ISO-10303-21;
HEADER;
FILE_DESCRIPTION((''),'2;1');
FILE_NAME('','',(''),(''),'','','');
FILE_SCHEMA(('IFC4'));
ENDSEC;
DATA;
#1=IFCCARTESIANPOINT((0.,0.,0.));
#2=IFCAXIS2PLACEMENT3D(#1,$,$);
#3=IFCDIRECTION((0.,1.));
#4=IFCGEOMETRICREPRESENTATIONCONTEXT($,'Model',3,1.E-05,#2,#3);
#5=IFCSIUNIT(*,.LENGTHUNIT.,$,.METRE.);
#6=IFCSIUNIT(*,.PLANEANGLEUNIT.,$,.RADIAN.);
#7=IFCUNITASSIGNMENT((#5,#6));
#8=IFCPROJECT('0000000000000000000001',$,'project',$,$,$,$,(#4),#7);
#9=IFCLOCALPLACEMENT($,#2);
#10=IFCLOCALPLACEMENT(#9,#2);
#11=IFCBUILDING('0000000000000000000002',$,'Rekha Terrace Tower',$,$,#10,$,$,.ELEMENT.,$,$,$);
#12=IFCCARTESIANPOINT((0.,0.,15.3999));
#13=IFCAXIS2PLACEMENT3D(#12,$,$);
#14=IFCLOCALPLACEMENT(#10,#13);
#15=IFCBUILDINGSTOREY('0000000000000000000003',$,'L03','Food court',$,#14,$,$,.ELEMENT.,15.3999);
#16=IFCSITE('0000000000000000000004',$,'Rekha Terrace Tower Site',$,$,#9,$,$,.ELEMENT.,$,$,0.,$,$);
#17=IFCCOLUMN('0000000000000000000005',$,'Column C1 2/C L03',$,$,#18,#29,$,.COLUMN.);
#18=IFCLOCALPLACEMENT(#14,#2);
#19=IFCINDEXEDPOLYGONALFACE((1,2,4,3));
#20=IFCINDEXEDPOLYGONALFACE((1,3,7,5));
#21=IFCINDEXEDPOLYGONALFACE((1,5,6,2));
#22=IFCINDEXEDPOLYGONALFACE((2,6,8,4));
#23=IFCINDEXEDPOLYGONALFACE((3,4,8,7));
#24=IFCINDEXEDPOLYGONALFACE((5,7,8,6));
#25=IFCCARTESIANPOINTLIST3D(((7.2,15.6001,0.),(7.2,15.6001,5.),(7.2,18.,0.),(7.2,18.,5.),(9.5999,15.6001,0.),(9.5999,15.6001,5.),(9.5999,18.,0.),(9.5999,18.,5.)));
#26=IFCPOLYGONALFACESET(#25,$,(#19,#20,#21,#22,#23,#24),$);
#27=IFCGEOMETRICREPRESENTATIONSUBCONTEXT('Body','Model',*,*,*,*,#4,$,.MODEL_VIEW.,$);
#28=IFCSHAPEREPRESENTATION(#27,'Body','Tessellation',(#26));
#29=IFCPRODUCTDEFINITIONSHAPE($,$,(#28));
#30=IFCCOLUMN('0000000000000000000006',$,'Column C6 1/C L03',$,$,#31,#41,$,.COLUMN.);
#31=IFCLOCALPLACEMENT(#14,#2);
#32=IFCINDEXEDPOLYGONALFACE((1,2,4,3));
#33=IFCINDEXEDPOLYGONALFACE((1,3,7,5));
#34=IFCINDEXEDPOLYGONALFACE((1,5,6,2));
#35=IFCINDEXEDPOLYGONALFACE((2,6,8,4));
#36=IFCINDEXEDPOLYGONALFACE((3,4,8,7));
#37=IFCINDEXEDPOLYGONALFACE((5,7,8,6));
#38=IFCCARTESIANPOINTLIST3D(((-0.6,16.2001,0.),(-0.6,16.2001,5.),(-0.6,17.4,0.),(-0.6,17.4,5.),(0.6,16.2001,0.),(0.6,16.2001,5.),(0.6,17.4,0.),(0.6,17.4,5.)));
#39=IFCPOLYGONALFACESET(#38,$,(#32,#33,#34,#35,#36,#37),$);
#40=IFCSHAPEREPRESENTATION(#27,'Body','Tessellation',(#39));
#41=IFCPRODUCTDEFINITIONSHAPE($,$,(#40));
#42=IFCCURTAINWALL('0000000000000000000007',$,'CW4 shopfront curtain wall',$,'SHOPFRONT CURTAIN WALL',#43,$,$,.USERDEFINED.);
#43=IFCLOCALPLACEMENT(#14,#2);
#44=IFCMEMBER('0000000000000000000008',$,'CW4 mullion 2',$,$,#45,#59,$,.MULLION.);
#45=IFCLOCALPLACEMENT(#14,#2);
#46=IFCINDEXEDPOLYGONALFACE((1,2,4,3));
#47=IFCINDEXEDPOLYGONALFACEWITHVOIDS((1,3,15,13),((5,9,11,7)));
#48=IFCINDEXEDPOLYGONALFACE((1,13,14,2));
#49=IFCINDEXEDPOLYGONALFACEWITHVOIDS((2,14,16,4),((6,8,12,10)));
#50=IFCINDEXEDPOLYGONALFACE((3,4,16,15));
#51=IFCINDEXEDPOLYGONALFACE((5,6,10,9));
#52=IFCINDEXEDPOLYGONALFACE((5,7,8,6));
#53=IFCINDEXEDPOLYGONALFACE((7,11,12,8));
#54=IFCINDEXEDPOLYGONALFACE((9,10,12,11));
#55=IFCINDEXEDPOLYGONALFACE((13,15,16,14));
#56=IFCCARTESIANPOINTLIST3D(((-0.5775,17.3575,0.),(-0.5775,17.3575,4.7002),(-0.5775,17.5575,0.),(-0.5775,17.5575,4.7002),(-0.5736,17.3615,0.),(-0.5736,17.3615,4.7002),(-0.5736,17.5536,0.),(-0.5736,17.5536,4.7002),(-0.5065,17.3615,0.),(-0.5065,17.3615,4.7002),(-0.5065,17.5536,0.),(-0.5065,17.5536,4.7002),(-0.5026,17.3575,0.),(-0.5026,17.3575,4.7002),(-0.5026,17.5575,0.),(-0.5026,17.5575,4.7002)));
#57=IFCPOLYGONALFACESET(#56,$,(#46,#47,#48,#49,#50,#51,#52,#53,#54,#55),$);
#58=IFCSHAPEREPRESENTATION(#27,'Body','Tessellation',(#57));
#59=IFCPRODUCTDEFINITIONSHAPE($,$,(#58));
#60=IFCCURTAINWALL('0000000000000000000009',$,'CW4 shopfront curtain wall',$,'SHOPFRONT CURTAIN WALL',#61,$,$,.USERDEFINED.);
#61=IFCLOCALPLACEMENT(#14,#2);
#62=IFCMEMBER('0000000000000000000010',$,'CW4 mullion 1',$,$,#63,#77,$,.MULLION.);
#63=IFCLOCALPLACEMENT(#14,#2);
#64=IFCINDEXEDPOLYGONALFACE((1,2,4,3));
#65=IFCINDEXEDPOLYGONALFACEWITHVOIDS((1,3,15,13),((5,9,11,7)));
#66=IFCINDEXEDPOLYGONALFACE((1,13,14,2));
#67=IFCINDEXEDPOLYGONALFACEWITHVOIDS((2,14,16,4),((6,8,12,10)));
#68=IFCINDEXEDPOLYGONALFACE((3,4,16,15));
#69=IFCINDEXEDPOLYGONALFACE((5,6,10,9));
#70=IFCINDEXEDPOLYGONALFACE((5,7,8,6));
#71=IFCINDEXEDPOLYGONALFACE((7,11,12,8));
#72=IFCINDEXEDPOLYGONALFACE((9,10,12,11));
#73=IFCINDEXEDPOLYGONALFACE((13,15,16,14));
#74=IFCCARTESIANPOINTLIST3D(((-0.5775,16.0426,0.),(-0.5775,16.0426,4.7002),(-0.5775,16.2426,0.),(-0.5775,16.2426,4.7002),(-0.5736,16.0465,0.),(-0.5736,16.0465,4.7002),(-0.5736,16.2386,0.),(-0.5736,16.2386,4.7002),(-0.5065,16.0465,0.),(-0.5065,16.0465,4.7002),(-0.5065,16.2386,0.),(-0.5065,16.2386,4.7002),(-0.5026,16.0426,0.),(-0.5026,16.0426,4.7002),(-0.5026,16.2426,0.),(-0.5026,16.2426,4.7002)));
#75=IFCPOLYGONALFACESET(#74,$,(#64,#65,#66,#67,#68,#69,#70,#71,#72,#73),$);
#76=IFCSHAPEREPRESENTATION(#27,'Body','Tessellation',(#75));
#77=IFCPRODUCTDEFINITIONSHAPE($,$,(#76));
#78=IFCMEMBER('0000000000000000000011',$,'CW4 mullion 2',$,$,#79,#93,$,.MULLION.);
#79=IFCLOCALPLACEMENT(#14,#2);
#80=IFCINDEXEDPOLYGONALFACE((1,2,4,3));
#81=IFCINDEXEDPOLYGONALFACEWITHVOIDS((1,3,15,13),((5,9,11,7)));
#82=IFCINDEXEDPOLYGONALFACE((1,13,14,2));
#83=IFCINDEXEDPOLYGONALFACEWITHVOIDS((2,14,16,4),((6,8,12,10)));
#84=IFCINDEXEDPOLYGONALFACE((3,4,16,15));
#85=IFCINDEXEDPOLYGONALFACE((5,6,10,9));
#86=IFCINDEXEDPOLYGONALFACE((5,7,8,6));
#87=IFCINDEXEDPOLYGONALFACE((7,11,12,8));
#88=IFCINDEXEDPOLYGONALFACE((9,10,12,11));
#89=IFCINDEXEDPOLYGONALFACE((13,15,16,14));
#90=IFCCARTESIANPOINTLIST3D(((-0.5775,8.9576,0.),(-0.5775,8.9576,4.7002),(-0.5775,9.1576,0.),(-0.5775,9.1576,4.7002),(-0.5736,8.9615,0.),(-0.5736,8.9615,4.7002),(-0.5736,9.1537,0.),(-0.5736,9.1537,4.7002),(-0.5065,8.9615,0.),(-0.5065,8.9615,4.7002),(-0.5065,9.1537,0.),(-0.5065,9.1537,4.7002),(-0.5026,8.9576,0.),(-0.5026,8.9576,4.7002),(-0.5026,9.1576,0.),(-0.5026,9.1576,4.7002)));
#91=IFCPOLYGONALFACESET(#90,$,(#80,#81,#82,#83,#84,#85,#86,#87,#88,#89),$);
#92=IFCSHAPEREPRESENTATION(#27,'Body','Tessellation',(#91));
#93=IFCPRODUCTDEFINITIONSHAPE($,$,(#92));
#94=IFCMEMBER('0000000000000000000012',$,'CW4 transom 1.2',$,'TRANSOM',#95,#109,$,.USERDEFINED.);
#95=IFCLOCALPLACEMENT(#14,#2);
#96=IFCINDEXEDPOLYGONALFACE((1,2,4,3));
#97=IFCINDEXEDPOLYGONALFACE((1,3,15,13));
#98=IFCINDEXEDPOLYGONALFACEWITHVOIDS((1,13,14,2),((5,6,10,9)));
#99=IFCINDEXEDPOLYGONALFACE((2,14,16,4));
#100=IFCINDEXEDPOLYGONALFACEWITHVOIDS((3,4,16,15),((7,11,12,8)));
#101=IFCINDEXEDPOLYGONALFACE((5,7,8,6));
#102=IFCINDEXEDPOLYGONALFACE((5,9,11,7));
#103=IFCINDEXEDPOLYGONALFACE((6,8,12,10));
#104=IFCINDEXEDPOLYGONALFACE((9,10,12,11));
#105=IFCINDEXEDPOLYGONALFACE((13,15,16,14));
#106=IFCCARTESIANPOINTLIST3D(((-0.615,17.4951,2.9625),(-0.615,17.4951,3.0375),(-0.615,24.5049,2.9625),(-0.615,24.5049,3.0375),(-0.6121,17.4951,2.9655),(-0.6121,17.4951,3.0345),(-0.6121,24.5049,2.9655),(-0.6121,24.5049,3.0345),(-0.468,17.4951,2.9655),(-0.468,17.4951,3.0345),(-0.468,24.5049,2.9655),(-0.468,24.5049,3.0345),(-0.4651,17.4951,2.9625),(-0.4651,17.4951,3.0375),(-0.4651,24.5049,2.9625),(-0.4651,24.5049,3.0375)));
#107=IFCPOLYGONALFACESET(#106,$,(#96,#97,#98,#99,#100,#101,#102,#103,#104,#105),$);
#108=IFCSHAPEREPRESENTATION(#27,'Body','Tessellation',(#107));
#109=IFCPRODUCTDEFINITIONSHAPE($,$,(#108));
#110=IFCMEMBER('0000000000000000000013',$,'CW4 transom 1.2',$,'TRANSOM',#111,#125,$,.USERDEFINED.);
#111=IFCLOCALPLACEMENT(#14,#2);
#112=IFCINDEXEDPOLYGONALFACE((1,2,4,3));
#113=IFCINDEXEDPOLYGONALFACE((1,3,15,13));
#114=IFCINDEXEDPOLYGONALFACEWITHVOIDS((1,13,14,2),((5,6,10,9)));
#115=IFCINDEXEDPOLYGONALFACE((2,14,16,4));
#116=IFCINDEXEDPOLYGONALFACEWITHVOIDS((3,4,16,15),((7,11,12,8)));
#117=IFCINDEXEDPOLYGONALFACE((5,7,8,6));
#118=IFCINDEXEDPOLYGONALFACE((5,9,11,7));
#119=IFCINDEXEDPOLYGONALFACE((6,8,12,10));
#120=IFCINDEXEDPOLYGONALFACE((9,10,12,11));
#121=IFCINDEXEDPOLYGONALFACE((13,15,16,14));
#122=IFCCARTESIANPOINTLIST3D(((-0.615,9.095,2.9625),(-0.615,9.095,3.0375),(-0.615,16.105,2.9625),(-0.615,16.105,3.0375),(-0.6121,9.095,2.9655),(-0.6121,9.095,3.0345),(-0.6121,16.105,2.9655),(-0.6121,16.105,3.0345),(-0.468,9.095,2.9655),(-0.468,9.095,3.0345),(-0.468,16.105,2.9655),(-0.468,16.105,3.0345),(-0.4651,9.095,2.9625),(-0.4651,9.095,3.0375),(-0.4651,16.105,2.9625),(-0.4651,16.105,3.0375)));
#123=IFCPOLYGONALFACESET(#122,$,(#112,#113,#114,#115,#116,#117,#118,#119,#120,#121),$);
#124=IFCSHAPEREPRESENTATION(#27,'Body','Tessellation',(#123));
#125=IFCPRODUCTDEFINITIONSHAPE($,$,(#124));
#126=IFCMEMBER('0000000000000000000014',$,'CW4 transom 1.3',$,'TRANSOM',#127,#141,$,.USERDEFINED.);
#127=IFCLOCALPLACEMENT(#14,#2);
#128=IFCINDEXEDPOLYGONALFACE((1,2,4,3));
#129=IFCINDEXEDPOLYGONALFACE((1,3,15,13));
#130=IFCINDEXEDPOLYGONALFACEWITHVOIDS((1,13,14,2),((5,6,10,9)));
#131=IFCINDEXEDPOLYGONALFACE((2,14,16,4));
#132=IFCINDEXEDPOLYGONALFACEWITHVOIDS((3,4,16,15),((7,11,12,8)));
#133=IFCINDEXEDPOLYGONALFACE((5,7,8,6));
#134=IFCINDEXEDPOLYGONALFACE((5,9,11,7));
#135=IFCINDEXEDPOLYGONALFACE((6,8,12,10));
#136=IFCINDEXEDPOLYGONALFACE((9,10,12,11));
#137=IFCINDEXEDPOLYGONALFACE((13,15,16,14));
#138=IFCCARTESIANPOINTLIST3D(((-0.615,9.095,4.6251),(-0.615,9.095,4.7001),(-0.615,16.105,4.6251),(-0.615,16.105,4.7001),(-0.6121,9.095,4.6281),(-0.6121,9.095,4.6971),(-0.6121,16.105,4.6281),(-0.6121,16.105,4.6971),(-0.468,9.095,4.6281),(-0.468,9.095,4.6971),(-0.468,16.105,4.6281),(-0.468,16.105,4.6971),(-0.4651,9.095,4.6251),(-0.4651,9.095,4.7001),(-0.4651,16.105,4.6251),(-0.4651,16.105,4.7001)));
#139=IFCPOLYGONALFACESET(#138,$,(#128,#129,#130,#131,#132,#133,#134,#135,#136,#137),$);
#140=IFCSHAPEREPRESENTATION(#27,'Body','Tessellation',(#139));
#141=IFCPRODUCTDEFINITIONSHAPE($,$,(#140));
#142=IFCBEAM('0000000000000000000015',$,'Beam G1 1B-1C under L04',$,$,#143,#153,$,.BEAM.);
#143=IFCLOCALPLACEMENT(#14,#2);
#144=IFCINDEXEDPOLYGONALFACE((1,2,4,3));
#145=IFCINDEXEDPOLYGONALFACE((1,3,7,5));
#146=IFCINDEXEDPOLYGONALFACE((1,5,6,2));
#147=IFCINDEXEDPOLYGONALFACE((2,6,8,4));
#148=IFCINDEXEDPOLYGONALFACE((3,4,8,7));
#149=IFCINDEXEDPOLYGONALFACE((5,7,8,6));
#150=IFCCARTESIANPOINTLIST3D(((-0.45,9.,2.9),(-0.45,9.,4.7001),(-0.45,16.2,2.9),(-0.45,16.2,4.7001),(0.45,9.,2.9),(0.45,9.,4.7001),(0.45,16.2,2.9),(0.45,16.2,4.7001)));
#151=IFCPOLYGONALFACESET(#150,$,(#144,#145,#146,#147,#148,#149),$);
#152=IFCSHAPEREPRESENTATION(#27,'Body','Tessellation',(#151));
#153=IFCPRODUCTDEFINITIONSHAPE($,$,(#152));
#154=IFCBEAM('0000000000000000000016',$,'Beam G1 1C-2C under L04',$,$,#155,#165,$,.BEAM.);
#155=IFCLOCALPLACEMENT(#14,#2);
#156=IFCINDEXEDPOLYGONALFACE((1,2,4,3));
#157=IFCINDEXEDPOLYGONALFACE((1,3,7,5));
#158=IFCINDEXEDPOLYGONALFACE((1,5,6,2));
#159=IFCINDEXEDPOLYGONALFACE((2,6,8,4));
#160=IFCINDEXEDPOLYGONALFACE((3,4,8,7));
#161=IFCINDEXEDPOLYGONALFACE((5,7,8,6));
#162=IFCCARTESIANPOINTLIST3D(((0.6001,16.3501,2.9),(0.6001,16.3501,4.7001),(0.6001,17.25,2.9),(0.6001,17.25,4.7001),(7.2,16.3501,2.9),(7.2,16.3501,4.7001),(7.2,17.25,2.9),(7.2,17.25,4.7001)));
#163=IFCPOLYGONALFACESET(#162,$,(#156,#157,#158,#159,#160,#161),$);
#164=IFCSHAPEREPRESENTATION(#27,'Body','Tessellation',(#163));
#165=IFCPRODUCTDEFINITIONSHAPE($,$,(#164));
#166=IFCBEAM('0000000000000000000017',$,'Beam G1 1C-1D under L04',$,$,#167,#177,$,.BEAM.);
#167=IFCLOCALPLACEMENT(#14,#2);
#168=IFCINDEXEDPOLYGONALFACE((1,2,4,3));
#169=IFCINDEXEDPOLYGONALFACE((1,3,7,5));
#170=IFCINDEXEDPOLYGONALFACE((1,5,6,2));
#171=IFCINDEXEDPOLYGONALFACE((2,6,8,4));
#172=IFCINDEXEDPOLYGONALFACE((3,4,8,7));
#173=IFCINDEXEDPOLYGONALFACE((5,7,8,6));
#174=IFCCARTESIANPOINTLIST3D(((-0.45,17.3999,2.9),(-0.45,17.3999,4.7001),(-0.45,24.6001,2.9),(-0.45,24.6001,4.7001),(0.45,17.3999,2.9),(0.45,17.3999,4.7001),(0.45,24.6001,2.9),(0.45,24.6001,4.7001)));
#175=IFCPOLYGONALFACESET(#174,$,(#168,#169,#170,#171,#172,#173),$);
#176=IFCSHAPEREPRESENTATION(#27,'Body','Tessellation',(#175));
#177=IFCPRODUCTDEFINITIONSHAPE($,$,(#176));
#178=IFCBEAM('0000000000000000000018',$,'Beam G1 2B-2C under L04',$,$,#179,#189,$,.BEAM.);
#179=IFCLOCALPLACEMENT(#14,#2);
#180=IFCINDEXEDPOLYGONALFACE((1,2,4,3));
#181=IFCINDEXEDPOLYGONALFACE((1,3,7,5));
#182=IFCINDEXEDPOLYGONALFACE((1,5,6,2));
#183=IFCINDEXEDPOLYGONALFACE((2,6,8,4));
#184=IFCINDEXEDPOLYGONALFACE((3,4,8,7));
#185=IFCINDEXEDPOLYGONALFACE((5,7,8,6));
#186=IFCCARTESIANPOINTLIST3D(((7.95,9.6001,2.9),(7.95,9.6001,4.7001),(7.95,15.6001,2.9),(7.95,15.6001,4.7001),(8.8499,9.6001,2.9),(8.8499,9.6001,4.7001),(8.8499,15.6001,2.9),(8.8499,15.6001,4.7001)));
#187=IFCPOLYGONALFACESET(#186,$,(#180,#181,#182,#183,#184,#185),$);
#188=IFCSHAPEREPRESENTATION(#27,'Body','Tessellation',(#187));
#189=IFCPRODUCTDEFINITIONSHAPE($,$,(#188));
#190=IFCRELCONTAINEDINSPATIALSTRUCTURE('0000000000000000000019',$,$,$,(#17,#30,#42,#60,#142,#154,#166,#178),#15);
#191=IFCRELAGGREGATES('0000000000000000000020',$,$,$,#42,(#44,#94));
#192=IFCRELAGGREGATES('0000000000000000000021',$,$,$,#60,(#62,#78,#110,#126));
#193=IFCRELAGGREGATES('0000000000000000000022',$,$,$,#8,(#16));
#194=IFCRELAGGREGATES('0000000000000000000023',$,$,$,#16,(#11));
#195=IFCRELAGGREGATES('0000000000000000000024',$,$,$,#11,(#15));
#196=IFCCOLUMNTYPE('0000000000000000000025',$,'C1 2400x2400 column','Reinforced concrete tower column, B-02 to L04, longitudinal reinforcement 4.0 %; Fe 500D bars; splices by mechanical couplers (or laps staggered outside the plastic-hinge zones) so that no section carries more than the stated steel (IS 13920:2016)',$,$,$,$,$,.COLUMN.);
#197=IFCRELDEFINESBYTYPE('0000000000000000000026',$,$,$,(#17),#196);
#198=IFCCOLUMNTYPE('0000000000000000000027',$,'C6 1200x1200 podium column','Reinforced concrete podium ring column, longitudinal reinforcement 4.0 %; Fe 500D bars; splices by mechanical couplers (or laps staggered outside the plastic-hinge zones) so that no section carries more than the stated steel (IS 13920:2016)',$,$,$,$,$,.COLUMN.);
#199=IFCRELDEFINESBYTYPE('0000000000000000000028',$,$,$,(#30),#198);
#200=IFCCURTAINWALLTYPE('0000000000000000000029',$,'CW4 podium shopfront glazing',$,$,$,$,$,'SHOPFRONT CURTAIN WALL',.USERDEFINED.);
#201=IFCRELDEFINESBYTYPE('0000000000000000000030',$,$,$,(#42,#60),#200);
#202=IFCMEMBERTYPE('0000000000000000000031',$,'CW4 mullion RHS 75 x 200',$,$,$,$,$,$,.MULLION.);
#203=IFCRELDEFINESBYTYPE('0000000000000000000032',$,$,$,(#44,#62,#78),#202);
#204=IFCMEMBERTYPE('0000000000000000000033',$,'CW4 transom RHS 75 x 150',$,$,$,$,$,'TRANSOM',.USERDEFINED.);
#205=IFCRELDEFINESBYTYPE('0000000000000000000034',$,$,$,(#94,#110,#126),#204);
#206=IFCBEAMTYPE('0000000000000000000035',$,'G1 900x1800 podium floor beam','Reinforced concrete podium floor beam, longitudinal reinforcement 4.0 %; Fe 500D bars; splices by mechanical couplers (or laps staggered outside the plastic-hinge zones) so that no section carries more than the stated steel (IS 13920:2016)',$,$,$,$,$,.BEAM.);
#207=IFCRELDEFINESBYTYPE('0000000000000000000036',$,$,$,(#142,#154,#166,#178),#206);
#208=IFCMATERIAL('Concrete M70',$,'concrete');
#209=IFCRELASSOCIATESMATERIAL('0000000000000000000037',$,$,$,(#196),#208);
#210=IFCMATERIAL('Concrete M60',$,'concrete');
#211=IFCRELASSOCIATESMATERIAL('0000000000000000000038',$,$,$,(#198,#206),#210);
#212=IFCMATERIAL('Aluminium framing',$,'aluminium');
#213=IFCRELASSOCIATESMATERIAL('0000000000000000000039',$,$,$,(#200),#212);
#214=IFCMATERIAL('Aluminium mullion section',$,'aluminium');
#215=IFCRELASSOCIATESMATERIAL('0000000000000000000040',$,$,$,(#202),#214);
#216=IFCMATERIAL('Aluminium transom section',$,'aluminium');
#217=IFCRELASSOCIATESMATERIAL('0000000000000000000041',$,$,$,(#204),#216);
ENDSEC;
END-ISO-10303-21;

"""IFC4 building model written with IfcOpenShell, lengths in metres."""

from ifc_helpers import new_model, si_unit, direction, frame, origin, origin_2d, place, context, subcontext, project, spatial, rectangle, hollow_rectangle, extrude, material, material_profile, profile_set, type_object, element, aggregate, save


model = new_model("IFC4")

# Units and contexts
model_context = context("Model", 3, precision=1e-05, world=origin(), true_north=direction((0.0, 1.0)))
body_context = subcontext(model_context, "Body", "Model", "MODEL_VIEW")
ifc_project = project(units=[si_unit("LENGTHUNIT", "METRE"), si_unit("PLANEANGLEUNIT", "RADIAN")], contexts=[model_context])

# Site, building, storey
site_placement = place(None, origin())
site = spatial("IfcSite", under=ifc_project, at=site_placement, Name="Rekha Terrace Tower Site", CompositionType="ELEMENT", RefElevation=0.0)
building_placement = place(site_placement, origin())
building = spatial("IfcBuilding", under=site, at=building_placement, Name="Rekha Terrace Tower", CompositionType="ELEMENT")
storey_placement = place(building_placement, frame((0.0, 0.0, 15.3999)))
storey = spatial("IfcBuildingStorey", under=building, at=storey_placement, Name="L03", Description="Food court", CompositionType="ELEMENT", Elevation=15.3999)

# Columns
ifc_material_1 = material(Name="Concrete M70", Category="concrete")
ifc_material_profile_1 = material_profile(ifc_material_1, rectangle(XDim=2.3999, YDim=2.3999, at=origin_2d()), Name="RC 2400x2400")
ifc_profile_set_1 = profile_set([ifc_material_profile_1], Name="Concrete M70")
column_type_1 = type_object("IfcColumnType", Name="C1 2400x2400 column", Description="Reinforced concrete tower column, B-02 to L04, longitudinal reinforcement 4.0 %; Fe 500D bars; splices by mechanical couplers (or laps staggered outside the plastic-hinge zones) so that no section carries more than the stated steel (IS 13920:2016)", PredefinedType="COLUMN", material=ifc_profile_set_1)
column_1_placement = place(storey_placement, frame((8.3999, 16.8, 0.0), z_axis=(0.0, 0.0, 1.0), x_axis=(1.0, 0.0, 0.0)))
element("IfcColumn", 1, at=column_1_placement, inside=storey, type_object=column_type_1, Name="Column C1 2/C L03", PredefinedType="COLUMN", context=body_context, shape_type="SweptSolid", body=[
    extrude(rectangle(XDim=2.3999, YDim=2.3999, at=origin_2d()), origin(), (0.0, 0.0, 1.0), 5.0),
])
ifc_material_2 = material(Name="Concrete M60", Category="concrete")
ifc_material_profile_2 = material_profile(ifc_material_2, rectangle(XDim=1.2, YDim=1.2, at=origin_2d()), Name="RC 1200x1200")
ifc_profile_set_2 = profile_set([ifc_material_profile_2], Name="Concrete M60")
column_type_2 = type_object("IfcColumnType", Name="C6 1200x1200 podium column", Description="Reinforced concrete podium ring column, longitudinal reinforcement 4.0 %; Fe 500D bars; splices by mechanical couplers (or laps staggered outside the plastic-hinge zones) so that no section carries more than the stated steel (IS 13920:2016)", PredefinedType="COLUMN", material=ifc_profile_set_2)
column_2_placement = place(storey_placement, frame((0.0, 16.8, 0.0), z_axis=(0.0, 0.0, 1.0), x_axis=(1.0, 0.0, 0.0)))
element("IfcColumn", 2, at=column_2_placement, inside=storey, type_object=column_type_2, Name="Column C6 1/C L03", PredefinedType="COLUMN", context=body_context, shape_type="SweptSolid", body=[
    extrude(rectangle(XDim=1.2, YDim=1.2, at=origin_2d()), origin(), (0.0, 0.0, 1.0), 5.0),
])

# Curtain wall, member
ifc_material_3 = material(Name="Aluminium framing", Category="aluminium")
curtain_wall_type = type_object("IfcCurtainWallType", Name="CW4 podium shopfront glazing", ElementType="SHOPFRONT CURTAIN WALL", PredefinedType="USERDEFINED", material=ifc_material_3)
curtain_wall_1_placement = place(storey_placement, origin())
curtain_wall_1 = element("IfcCurtainWall", 3, at=curtain_wall_1_placement, inside=storey, type_object=curtain_wall_type, Name="CW4 shopfront curtain wall", ObjectType="SHOPFRONT CURTAIN WALL", PredefinedType="USERDEFINED")
ifc_material_4 = material(Name="Aluminium mullion section", Category="aluminium")
ifc_material_profile_3 = material_profile(ifc_material_4, hollow_rectangle(XDim=0.075, YDim=0.2, WallThickness=0.0039, at=origin_2d()), Name="AL RHS 75x200")
ifc_profile_set_3 = profile_set([ifc_material_profile_3], Name="Aluminium mullion section")
member_type_1 = type_object("IfcMemberType", Name="CW4 mullion RHS 75 x 200", PredefinedType="MULLION", material=ifc_profile_set_3)
member_1_placement = place(storey_placement, frame((-0.54, 17.4575, 0.0), z_axis=(0.0, 0.0, 1.0), x_axis=(1.0, 0.0, 0.0)))
member_1 = element("IfcMember", 4, at=member_1_placement, type_object=member_type_1, Name="CW4 mullion 2", PredefinedType="MULLION", context=body_context, shape_type="SweptSolid", body=[
    extrude(hollow_rectangle(XDim=0.075, YDim=0.2, WallThickness=0.0039, at=origin_2d()), origin(), (0.0, 0.0, 1.0), 4.7002),
])

# Curtain wall, members
curtain_wall_2_placement = place(storey_placement, origin())
curtain_wall_2 = element("IfcCurtainWall", 5, at=curtain_wall_2_placement, inside=storey, type_object=curtain_wall_type, Name="CW4 shopfront curtain wall", ObjectType="SHOPFRONT CURTAIN WALL", PredefinedType="USERDEFINED")
member_2_placement = place(storey_placement, frame((-0.54, 16.1426, 0.0), z_axis=(0.0, 0.0, 1.0), x_axis=(1.0, 0.0, 0.0)))
member_2 = element("IfcMember", 6, at=member_2_placement, type_object=member_type_1, Name="CW4 mullion 1", PredefinedType="MULLION", context=body_context, shape_type="SweptSolid", body=[
    extrude(hollow_rectangle(XDim=0.075, YDim=0.2, WallThickness=0.0039, at=origin_2d()), origin(), (0.0, 0.0, 1.0), 4.7002),
])
member_3_placement = place(storey_placement, frame((-0.54, 9.0576, 0.0), z_axis=(0.0, 0.0, 1.0), x_axis=(1.0, 0.0, 0.0)))
member_3 = element("IfcMember", 7, at=member_3_placement, type_object=member_type_1, Name="CW4 mullion 2", PredefinedType="MULLION", context=body_context, shape_type="SweptSolid", body=[
    extrude(hollow_rectangle(XDim=0.075, YDim=0.2, WallThickness=0.0039, at=origin_2d()), origin(), (0.0, 0.0, 1.0), 4.7002),
])

# Members
ifc_material_5 = material(Name="Aluminium transom section", Category="aluminium")
ifc_material_profile_4 = material_profile(ifc_material_5, hollow_rectangle(XDim=0.1499, YDim=0.075, WallThickness=0.0029, at=origin_2d()), Name="AL RHS 150x75")
ifc_profile_set_4 = profile_set([ifc_material_profile_4], Name="Aluminium transom section")
member_type_2 = type_object("IfcMemberType", Name="CW4 transom RHS 75 x 150", ElementType="TRANSOM", PredefinedType="USERDEFINED", material=ifc_profile_set_4)
member_4_placement = place(storey_placement, frame((-0.54, 24.5049, 3.0), z_axis=(0.0, -1.0, 0.0), x_axis=(1.0, 0.0, 0.0)))
member_4 = element("IfcMember", 8, at=member_4_placement, type_object=member_type_2, Name="CW4 transom 1.2", ObjectType="TRANSOM", PredefinedType="USERDEFINED", context=body_context, shape_type="SweptSolid", body=[
    extrude(hollow_rectangle(XDim=0.1499, YDim=0.075, WallThickness=0.0029, at=origin_2d()), origin(), (0.0, 0.0, 1.0), 7.0098),
])
member_5_placement = place(storey_placement, frame((-0.54, 16.105, 3.0), z_axis=(0.0, -1.0, 0.0), x_axis=(1.0, 0.0, 0.0)))
member_5 = element("IfcMember", 9, at=member_5_placement, type_object=member_type_2, Name="CW4 transom 1.2", ObjectType="TRANSOM", PredefinedType="USERDEFINED", context=body_context, shape_type="SweptSolid", body=[
    extrude(hollow_rectangle(XDim=0.1499, YDim=0.075, WallThickness=0.0029, at=origin_2d()), origin(), (0.0, 0.0, 1.0), 7.01),
])
member_6_placement = place(storey_placement, frame((-0.54, 16.105, 4.6626), z_axis=(0.0, -1.0, 0.0), x_axis=(1.0, 0.0, 0.0)))
member_6 = element("IfcMember", 10, at=member_6_placement, type_object=member_type_2, Name="CW4 transom 1.3", ObjectType="TRANSOM", PredefinedType="USERDEFINED", context=body_context, shape_type="SweptSolid", body=[
    extrude(hollow_rectangle(XDim=0.1499, YDim=0.075, WallThickness=0.0029, at=origin_2d()), origin(), (0.0, 0.0, 1.0), 7.01),
])

# Beams
ifc_material_profile_5 = material_profile(ifc_material_2, rectangle(XDim=0.8999, YDim=1.8, at=origin_2d()), Name="RC 900x1800")
ifc_profile_set_5 = profile_set([ifc_material_profile_5], Name="Concrete M60")
beam_type = type_object("IfcBeamType", Name="G1 900x1800 podium floor beam", Description="Reinforced concrete podium floor beam, longitudinal reinforcement 4.0 %; Fe 500D bars; splices by mechanical couplers (or laps staggered outside the plastic-hinge zones) so that no section carries more than the stated steel (IS 13920:2016)", PredefinedType="BEAM", material=ifc_profile_set_5)
beam_1_placement = place(storey_placement, frame((0.0, 9.0, 3.8), z_axis=(0.0, 1.0, 0.0), x_axis=(-1.0, 0.0, 0.0)))
element("IfcBeam", 11, at=beam_1_placement, inside=storey, type_object=beam_type, Name="Beam G1 1B-1C under L04", PredefinedType="BEAM", context=body_context, shape_type="SweptSolid", body=[
    extrude(rectangle(XDim=0.8999, YDim=1.8, at=origin_2d()), origin(), (0.0, 0.0, 1.0), 7.2),
])
beam_2_placement = place(storey_placement, frame((0.6001, 16.8, 3.8), z_axis=(1.0, 0.0, 0.0), x_axis=(0.0, 1.0, 0.0)))
element("IfcBeam", 12, at=beam_2_placement, inside=storey, type_object=beam_type, Name="Beam G1 1C-2C under L04", PredefinedType="BEAM", context=body_context, shape_type="SweptSolid", body=[
    extrude(rectangle(XDim=0.8999, YDim=1.8, at=origin_2d()), origin(), (0.0, 0.0, 1.0), 6.5999),
])
beam_3_placement = place(storey_placement, frame((0.0, 17.3999, 3.8), z_axis=(0.0, 1.0, 0.0), x_axis=(-1.0, 0.0, 0.0)))
element("IfcBeam", 13, at=beam_3_placement, inside=storey, type_object=beam_type, Name="Beam G1 1C-1D under L04", PredefinedType="BEAM", context=body_context, shape_type="SweptSolid", body=[
    extrude(rectangle(XDim=0.8999, YDim=1.8, at=origin_2d()), origin(), (0.0, 0.0, 1.0), 7.2002),
])
for number, where, z_axis, x_axis, name in (
    (14, (8.3999, 9.6001, 3.8), (0.0, 1.0, 0.0), (-1.0, 0.0, 0.0), "Beam G1 2B-2C under L04"),
):
    element("IfcBeam", number, at=place(storey_placement, frame(where, z_axis=z_axis, x_axis=x_axis)), inside=storey, type_object=beam_type, Name=name, PredefinedType="BEAM", context=body_context, shape_type="SweptSolid", body=[
        extrude(rectangle(XDim=0.8999, YDim=1.8, at=origin_2d()), origin(), (0.0, 0.0, 1.0), 6.0),
    ])

aggregate(curtain_wall_1, [member_1, member_4])
aggregate(curtain_wall_2, [member_2, member_3, member_5, member_6])

save(model, "model.ifc")
